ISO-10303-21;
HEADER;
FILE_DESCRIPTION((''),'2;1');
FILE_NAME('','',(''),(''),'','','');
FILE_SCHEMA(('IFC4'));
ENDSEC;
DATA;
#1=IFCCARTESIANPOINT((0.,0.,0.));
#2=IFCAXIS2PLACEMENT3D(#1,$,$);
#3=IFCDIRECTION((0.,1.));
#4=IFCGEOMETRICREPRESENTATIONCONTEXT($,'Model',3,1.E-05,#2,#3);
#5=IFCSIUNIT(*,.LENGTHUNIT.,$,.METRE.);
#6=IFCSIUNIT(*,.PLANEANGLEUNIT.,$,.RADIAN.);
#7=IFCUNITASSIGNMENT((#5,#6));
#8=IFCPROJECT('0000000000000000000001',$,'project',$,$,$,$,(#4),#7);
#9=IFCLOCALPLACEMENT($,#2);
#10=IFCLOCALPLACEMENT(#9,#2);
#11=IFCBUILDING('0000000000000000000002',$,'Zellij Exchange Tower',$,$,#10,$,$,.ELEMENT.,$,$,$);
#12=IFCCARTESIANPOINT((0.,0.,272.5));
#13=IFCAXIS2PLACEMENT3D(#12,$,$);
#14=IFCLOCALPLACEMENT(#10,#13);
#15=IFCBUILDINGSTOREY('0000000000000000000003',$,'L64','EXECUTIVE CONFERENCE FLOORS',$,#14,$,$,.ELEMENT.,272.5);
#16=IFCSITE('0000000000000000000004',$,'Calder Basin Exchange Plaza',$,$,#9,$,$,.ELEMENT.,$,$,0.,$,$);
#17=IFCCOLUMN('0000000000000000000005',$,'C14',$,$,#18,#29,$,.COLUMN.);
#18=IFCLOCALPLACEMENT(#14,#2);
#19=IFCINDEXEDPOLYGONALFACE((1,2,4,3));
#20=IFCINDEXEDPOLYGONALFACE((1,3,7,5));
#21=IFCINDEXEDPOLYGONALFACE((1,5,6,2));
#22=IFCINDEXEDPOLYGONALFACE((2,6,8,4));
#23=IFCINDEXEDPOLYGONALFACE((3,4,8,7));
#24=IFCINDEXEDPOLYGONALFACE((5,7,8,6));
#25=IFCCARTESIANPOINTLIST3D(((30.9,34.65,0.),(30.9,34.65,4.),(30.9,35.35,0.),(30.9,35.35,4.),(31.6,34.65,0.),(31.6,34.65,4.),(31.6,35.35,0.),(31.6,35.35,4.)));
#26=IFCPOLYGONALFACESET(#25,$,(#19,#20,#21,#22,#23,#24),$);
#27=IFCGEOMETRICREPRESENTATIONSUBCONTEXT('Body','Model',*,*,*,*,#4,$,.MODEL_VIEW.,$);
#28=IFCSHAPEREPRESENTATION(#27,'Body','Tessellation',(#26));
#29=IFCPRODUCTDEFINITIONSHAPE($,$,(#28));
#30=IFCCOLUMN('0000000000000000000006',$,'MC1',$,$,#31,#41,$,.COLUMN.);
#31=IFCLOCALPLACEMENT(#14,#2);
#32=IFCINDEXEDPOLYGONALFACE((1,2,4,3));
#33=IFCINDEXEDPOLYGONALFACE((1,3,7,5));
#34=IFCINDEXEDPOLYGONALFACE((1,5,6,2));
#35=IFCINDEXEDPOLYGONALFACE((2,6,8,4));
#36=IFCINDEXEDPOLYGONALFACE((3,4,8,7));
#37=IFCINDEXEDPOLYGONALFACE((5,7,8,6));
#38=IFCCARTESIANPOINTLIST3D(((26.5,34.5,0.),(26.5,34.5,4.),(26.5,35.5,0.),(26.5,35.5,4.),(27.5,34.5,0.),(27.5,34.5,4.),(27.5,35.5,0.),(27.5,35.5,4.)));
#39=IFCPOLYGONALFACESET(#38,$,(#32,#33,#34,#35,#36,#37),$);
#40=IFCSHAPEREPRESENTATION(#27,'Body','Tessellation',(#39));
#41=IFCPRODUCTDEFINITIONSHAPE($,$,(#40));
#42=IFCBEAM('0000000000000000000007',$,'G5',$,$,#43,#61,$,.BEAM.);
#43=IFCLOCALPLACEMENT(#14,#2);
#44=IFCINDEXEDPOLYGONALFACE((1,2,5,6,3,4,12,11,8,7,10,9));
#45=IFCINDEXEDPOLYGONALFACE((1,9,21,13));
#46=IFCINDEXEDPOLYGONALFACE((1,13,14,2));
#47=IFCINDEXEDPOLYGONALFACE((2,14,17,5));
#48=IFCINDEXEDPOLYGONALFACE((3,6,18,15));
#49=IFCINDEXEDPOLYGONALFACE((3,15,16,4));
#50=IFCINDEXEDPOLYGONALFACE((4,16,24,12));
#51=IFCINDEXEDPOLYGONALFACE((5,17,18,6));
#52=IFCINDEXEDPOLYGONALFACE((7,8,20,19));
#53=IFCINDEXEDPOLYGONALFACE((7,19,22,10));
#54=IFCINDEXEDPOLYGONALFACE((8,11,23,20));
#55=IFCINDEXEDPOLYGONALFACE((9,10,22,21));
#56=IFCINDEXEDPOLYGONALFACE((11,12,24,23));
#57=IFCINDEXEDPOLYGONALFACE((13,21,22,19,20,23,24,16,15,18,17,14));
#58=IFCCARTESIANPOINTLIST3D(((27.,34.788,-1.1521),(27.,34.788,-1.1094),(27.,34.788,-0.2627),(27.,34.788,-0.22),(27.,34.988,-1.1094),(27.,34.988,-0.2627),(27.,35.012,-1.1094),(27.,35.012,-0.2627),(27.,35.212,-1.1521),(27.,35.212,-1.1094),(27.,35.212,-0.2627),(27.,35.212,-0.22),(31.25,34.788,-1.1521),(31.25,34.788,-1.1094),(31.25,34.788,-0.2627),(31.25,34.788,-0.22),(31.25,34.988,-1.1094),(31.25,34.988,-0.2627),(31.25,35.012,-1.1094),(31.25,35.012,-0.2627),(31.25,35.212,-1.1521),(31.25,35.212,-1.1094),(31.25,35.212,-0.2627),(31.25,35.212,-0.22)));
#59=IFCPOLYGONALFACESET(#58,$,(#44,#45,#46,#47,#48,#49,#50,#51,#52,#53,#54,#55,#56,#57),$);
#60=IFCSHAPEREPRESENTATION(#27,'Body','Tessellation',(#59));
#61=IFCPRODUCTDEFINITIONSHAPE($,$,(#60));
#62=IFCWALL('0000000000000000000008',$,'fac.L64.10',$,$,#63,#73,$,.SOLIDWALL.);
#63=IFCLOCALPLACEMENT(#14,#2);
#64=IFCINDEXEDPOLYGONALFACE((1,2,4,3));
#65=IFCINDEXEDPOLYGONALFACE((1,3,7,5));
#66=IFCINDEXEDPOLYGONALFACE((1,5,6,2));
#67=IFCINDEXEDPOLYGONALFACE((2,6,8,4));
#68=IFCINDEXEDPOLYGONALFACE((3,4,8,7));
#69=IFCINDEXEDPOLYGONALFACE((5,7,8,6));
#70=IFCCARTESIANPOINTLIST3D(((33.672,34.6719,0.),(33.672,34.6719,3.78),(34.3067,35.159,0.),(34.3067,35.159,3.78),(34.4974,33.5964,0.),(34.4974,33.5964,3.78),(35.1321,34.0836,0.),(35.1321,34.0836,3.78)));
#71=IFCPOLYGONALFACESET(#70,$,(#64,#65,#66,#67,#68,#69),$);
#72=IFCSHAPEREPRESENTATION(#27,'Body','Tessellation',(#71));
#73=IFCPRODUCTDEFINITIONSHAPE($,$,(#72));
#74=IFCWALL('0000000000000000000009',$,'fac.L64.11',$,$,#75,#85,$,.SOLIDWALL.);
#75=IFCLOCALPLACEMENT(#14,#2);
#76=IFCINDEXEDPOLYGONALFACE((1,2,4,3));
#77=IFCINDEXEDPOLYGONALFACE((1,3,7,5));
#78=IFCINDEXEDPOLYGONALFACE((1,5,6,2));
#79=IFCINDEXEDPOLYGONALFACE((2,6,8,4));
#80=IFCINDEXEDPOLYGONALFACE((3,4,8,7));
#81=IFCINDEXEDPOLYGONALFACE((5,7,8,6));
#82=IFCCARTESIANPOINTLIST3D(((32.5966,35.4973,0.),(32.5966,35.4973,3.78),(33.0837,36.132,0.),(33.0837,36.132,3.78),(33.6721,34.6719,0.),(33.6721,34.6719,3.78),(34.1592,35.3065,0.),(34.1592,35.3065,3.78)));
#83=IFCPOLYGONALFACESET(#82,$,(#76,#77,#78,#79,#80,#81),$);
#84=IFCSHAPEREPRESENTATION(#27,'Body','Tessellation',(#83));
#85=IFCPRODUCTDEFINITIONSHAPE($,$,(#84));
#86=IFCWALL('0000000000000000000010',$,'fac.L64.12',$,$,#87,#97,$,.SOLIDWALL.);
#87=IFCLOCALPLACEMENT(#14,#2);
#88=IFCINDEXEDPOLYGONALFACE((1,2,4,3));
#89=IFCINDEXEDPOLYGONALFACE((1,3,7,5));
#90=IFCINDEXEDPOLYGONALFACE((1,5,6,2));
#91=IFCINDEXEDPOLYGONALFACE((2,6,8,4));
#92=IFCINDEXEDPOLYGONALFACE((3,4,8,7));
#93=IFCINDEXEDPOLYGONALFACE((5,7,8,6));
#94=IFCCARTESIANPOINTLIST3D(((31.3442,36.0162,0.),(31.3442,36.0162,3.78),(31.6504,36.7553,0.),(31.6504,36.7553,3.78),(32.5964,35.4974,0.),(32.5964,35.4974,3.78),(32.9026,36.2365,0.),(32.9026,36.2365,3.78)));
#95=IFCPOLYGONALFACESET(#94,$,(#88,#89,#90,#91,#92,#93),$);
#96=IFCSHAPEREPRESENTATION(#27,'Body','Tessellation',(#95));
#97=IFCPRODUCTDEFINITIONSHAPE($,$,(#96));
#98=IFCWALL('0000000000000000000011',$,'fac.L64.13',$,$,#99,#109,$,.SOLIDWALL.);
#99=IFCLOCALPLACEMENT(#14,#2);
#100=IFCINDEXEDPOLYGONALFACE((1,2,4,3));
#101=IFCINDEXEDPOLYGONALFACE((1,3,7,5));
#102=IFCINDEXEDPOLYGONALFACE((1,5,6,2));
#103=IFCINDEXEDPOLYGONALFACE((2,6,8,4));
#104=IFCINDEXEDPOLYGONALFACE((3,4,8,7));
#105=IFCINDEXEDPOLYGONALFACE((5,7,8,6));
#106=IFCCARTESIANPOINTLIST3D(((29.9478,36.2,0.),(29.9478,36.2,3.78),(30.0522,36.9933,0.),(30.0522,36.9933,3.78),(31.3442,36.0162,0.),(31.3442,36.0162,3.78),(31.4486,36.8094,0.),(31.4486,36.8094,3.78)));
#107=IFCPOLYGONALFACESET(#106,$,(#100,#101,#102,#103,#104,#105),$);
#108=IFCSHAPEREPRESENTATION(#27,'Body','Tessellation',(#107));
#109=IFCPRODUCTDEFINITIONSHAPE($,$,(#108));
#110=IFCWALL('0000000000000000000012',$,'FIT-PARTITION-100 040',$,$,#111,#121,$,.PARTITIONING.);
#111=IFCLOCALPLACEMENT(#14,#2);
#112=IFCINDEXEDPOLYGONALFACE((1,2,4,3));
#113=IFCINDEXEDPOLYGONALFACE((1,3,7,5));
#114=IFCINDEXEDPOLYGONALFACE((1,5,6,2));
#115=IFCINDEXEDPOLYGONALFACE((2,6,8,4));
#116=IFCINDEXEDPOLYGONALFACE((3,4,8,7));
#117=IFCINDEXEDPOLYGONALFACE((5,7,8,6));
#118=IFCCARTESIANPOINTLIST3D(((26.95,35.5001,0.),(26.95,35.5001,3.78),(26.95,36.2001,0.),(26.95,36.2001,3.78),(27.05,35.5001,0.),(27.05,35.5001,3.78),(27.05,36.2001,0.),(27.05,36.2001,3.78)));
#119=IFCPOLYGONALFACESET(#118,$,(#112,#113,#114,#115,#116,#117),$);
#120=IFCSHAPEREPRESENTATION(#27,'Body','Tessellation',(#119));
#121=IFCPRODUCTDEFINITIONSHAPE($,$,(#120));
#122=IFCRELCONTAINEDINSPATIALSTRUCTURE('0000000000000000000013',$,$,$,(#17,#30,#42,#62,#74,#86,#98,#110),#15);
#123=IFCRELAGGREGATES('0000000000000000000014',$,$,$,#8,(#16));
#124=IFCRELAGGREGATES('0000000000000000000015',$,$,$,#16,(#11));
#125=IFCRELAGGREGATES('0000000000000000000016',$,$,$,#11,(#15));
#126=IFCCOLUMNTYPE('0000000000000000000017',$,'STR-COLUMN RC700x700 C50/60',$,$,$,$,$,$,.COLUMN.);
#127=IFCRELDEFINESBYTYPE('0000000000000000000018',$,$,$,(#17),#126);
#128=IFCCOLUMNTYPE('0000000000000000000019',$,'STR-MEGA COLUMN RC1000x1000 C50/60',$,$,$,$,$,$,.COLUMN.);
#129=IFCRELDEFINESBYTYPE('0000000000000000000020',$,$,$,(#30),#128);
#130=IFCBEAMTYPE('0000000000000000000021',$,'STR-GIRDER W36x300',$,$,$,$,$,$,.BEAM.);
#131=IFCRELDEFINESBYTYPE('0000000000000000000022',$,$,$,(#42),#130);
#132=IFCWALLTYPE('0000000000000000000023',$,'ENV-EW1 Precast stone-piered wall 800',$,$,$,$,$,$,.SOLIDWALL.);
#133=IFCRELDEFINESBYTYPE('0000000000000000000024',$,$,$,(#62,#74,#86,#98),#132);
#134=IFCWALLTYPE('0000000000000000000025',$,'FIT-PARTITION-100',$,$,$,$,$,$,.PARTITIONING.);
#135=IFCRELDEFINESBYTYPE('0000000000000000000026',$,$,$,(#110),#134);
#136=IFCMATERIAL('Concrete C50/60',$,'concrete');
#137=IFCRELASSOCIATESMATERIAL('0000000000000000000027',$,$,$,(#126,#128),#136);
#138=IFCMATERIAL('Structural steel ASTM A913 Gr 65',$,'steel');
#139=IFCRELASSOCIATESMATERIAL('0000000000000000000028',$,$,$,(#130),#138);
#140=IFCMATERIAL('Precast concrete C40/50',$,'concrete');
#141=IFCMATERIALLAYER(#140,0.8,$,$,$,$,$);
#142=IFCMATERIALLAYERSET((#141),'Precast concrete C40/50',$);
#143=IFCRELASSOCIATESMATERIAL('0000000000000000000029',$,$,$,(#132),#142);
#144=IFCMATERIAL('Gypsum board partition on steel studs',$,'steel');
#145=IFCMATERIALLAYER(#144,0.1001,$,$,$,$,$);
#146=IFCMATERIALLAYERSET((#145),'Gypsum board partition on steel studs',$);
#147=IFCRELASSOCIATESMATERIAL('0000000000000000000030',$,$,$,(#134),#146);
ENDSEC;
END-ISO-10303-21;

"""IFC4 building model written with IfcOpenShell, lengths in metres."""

from ifc_helpers import new_model, si_unit, direction, frame, frame_2d, origin, origin_2d, place, context, subcontext, project, spatial, rectangle, i_section, extrude, material, layer, layer_set, material_profile, profile_set, type_object, element, save


model = new_model("IFC4")

# Units and contexts
model_context = context("Model", 3, precision=1e-05, world=origin(), true_north=direction((0.0, 1.0)))
body_context = subcontext(model_context, "Body", "Model", "MODEL_VIEW")
ifc_project = project(units=[si_unit("LENGTHUNIT", "METRE"), si_unit("PLANEANGLEUNIT", "RADIAN")], contexts=[model_context])

# Site, building, storey
site_placement = place(None, origin())
site = spatial("IfcSite", under=ifc_project, at=site_placement, Name="Calder Basin Exchange Plaza", CompositionType="ELEMENT", RefElevation=0.0)
building_placement = place(site_placement, origin())
building = spatial("IfcBuilding", under=site, at=building_placement, Name="Zellij Exchange Tower", CompositionType="ELEMENT")
storey_placement = place(building_placement, frame((0.0, 0.0, 272.5)))
storey = spatial("IfcBuildingStorey", under=building, at=storey_placement, Name="L64", Description="EXECUTIVE CONFERENCE FLOORS", CompositionType="ELEMENT", Elevation=272.5)

# Columns
ifc_material_1 = material(Name="Concrete C50/60", Category="concrete")
ifc_material_profile_1 = material_profile(ifc_material_1, rectangle(XDim=0.7, YDim=0.7, at=origin_2d()), Name="STR-COLUMN RC700x700 C50/60")
ifc_profile_set_1 = profile_set([ifc_material_profile_1], Name="Concrete C50/60")
column_type_1 = type_object("IfcColumnType", Name="STR-COLUMN RC700x700 C50/60", PredefinedType="COLUMN", material=ifc_profile_set_1)
column_1_placement = place(storey_placement, frame((31.25, 35.0, 0.0), z_axis=(0.0, 0.0, 1.0), x_axis=(1.0, 0.0, 0.0)))
element("IfcColumn", 1, at=column_1_placement, inside=storey, type_object=column_type_1, Name="C14", PredefinedType="COLUMN", context=body_context, shape_type="SweptSolid", body=[
    extrude(rectangle(XDim=0.7, YDim=0.7, at=origin_2d()), origin(), (0.0, 0.0, 1.0), 4.0),
])
ifc_material_profile_2 = material_profile(ifc_material_1, rectangle(XDim=1.0, YDim=1.0, at=origin_2d()), Name="STR-MEGA COLUMN RC1000x1000 C50/60")
ifc_profile_set_2 = profile_set([ifc_material_profile_2], Name="Concrete C50/60")
column_type_2 = type_object("IfcColumnType", Name="STR-MEGA COLUMN RC1000x1000 C50/60", PredefinedType="COLUMN", material=ifc_profile_set_2)
column_2_placement = place(storey_placement, frame((27.0, 35.0, 0.0), z_axis=(0.0, 0.0, 1.0), x_axis=(1.0, 0.0, 0.0)))
element("IfcColumn", 2, at=column_2_placement, inside=storey, type_object=column_type_2, Name="MC1", PredefinedType="COLUMN", context=body_context, shape_type="SweptSolid", body=[
    extrude(rectangle(XDim=1.0, YDim=1.0, at=origin_2d()), origin(), (0.0, 0.0, 1.0), 4.0),
])

# Beam
ifc_material_2 = material(Name="Structural steel ASTM A913 Gr 65", Category="steel")
ifc_material_profile_3 = material_profile(ifc_material_2, i_section(OverallWidth=0.4241, OverallDepth=0.9321, WebThickness=0.0239, FlangeThickness=0.0427, at=origin_2d()), Name="W36x300")
ifc_profile_set_3 = profile_set([ifc_material_profile_3], Name="Structural steel ASTM A913 Gr 65")
beam_type = type_object("IfcBeamType", Name="STR-GIRDER W36x300", PredefinedType="BEAM", material=ifc_profile_set_3)
beam_placement = place(storey_placement, frame((27.0, 35.0, -0.686), z_axis=(1.0, 0.0, 0.0), x_axis=(0.0, 1.0, 0.0)))
element("IfcBeam", 3, at=beam_placement, inside=storey, type_object=beam_type, Name="G5", PredefinedType="BEAM", context=body_context, shape_type="SweptSolid", body=[
    extrude(i_section(OverallWidth=0.4241, OverallDepth=0.9321, WebThickness=0.0239, FlangeThickness=0.0427, at=origin_2d()), origin(), (0.0, 0.0, 1.0), 4.25),
])

# Walls
ifc_material_3 = material(Name="Precast concrete C40/50", Category="concrete")
ifc_layer_1 = layer(ifc_material_3, 0.8)
ifc_layer_set_1 = layer_set([ifc_layer_1], Name="Precast concrete C40/50")
wall_type_1 = type_object("IfcWallType", Name="ENV-EW1 Precast stone-piered wall 800", PredefinedType="SOLIDWALL", material=ifc_layer_set_1)
for number, where, z_axis, x_axis, name in (
    (4, (34.8147, 33.8401, 0.0), (0.0, 0.0, 1.0), (-0.608866, 0.793273, 0.0), "fac.L64.10"),
    (5, (33.9155, 34.9893, 0.0), (0.0, 0.0, 1.0), (-0.793273, 0.608866, 0.0), "fac.L64.11"),
):
    element("IfcWall", number, at=place(storey_placement, frame(where, z_axis=z_axis, x_axis=x_axis)), inside=storey, type_object=wall_type_1, Name=name, PredefinedType="SOLIDWALL", context=body_context, shape_type="SweptSolid", body=[
        extrude(rectangle(XDim=1.3557, YDim=0.8, at=frame_2d((0.6777, 0.0))), origin(), (0.0, 0.0, 1.0), 3.78),
    ])
wall_1_placement = place(storey_placement, frame((32.7495, 35.8669, 0.0), z_axis=(0.0, 0.0, 1.0), x_axis=(-0.923848, 0.38276, 0.0)))
element("IfcWall", 6, at=wall_1_placement, inside=storey, type_object=wall_type_1, Name="fac.L64.12", PredefinedType="SOLIDWALL", context=body_context, shape_type="SweptSolid", body=[
    extrude(rectangle(XDim=1.3555, YDim=0.8, at=frame_2d((0.6777, 0.0))), origin(), (0.0, 0.0, 1.0), 3.78),
])
wall_2_placement = place(storey_placement, frame((31.3962, 36.4128, 0.0), z_axis=(0.0, 0.0, 1.0), x_axis=(-0.991446, 0.130517, 0.0)))
element("IfcWall", 7, at=wall_2_placement, inside=storey, type_object=wall_type_1, Name="fac.L64.13", PredefinedType="SOLIDWALL", context=body_context, shape_type="SweptSolid", body=[
    extrude(rectangle(XDim=1.4084, YDim=0.8, at=frame_2d((0.7041, 0.0))), origin(), (0.0, 0.0, 1.0), 3.78),
])

# Wall
ifc_material_4 = material(Name="Gypsum board partition on steel studs", Category="steel")
ifc_layer_2 = layer(ifc_material_4, 0.1001)
ifc_layer_set_2 = layer_set([ifc_layer_2], Name="Gypsum board partition on steel studs")
wall_type_2 = type_object("IfcWallType", Name="FIT-PARTITION-100", PredefinedType="PARTITIONING", material=ifc_layer_set_2)
wall_3_placement = place(storey_placement, frame((27.0, 35.5, 0.0), z_axis=(0.0, 0.0, 1.0), x_axis=(0.0, 1.0, 0.0)))
element("IfcWall", 8, at=wall_3_placement, inside=storey, type_object=wall_type_2, Name="FIT-PARTITION-100 040", PredefinedType="PARTITIONING", context=body_context, shape_type="SweptSolid", body=[
    extrude(rectangle(XDim=0.7, YDim=0.1001, at=frame_2d((0.3501, 0.0))), origin(), (0.0, 0.0, 1.0), 3.78),
])

save(model, "model.ifc")
